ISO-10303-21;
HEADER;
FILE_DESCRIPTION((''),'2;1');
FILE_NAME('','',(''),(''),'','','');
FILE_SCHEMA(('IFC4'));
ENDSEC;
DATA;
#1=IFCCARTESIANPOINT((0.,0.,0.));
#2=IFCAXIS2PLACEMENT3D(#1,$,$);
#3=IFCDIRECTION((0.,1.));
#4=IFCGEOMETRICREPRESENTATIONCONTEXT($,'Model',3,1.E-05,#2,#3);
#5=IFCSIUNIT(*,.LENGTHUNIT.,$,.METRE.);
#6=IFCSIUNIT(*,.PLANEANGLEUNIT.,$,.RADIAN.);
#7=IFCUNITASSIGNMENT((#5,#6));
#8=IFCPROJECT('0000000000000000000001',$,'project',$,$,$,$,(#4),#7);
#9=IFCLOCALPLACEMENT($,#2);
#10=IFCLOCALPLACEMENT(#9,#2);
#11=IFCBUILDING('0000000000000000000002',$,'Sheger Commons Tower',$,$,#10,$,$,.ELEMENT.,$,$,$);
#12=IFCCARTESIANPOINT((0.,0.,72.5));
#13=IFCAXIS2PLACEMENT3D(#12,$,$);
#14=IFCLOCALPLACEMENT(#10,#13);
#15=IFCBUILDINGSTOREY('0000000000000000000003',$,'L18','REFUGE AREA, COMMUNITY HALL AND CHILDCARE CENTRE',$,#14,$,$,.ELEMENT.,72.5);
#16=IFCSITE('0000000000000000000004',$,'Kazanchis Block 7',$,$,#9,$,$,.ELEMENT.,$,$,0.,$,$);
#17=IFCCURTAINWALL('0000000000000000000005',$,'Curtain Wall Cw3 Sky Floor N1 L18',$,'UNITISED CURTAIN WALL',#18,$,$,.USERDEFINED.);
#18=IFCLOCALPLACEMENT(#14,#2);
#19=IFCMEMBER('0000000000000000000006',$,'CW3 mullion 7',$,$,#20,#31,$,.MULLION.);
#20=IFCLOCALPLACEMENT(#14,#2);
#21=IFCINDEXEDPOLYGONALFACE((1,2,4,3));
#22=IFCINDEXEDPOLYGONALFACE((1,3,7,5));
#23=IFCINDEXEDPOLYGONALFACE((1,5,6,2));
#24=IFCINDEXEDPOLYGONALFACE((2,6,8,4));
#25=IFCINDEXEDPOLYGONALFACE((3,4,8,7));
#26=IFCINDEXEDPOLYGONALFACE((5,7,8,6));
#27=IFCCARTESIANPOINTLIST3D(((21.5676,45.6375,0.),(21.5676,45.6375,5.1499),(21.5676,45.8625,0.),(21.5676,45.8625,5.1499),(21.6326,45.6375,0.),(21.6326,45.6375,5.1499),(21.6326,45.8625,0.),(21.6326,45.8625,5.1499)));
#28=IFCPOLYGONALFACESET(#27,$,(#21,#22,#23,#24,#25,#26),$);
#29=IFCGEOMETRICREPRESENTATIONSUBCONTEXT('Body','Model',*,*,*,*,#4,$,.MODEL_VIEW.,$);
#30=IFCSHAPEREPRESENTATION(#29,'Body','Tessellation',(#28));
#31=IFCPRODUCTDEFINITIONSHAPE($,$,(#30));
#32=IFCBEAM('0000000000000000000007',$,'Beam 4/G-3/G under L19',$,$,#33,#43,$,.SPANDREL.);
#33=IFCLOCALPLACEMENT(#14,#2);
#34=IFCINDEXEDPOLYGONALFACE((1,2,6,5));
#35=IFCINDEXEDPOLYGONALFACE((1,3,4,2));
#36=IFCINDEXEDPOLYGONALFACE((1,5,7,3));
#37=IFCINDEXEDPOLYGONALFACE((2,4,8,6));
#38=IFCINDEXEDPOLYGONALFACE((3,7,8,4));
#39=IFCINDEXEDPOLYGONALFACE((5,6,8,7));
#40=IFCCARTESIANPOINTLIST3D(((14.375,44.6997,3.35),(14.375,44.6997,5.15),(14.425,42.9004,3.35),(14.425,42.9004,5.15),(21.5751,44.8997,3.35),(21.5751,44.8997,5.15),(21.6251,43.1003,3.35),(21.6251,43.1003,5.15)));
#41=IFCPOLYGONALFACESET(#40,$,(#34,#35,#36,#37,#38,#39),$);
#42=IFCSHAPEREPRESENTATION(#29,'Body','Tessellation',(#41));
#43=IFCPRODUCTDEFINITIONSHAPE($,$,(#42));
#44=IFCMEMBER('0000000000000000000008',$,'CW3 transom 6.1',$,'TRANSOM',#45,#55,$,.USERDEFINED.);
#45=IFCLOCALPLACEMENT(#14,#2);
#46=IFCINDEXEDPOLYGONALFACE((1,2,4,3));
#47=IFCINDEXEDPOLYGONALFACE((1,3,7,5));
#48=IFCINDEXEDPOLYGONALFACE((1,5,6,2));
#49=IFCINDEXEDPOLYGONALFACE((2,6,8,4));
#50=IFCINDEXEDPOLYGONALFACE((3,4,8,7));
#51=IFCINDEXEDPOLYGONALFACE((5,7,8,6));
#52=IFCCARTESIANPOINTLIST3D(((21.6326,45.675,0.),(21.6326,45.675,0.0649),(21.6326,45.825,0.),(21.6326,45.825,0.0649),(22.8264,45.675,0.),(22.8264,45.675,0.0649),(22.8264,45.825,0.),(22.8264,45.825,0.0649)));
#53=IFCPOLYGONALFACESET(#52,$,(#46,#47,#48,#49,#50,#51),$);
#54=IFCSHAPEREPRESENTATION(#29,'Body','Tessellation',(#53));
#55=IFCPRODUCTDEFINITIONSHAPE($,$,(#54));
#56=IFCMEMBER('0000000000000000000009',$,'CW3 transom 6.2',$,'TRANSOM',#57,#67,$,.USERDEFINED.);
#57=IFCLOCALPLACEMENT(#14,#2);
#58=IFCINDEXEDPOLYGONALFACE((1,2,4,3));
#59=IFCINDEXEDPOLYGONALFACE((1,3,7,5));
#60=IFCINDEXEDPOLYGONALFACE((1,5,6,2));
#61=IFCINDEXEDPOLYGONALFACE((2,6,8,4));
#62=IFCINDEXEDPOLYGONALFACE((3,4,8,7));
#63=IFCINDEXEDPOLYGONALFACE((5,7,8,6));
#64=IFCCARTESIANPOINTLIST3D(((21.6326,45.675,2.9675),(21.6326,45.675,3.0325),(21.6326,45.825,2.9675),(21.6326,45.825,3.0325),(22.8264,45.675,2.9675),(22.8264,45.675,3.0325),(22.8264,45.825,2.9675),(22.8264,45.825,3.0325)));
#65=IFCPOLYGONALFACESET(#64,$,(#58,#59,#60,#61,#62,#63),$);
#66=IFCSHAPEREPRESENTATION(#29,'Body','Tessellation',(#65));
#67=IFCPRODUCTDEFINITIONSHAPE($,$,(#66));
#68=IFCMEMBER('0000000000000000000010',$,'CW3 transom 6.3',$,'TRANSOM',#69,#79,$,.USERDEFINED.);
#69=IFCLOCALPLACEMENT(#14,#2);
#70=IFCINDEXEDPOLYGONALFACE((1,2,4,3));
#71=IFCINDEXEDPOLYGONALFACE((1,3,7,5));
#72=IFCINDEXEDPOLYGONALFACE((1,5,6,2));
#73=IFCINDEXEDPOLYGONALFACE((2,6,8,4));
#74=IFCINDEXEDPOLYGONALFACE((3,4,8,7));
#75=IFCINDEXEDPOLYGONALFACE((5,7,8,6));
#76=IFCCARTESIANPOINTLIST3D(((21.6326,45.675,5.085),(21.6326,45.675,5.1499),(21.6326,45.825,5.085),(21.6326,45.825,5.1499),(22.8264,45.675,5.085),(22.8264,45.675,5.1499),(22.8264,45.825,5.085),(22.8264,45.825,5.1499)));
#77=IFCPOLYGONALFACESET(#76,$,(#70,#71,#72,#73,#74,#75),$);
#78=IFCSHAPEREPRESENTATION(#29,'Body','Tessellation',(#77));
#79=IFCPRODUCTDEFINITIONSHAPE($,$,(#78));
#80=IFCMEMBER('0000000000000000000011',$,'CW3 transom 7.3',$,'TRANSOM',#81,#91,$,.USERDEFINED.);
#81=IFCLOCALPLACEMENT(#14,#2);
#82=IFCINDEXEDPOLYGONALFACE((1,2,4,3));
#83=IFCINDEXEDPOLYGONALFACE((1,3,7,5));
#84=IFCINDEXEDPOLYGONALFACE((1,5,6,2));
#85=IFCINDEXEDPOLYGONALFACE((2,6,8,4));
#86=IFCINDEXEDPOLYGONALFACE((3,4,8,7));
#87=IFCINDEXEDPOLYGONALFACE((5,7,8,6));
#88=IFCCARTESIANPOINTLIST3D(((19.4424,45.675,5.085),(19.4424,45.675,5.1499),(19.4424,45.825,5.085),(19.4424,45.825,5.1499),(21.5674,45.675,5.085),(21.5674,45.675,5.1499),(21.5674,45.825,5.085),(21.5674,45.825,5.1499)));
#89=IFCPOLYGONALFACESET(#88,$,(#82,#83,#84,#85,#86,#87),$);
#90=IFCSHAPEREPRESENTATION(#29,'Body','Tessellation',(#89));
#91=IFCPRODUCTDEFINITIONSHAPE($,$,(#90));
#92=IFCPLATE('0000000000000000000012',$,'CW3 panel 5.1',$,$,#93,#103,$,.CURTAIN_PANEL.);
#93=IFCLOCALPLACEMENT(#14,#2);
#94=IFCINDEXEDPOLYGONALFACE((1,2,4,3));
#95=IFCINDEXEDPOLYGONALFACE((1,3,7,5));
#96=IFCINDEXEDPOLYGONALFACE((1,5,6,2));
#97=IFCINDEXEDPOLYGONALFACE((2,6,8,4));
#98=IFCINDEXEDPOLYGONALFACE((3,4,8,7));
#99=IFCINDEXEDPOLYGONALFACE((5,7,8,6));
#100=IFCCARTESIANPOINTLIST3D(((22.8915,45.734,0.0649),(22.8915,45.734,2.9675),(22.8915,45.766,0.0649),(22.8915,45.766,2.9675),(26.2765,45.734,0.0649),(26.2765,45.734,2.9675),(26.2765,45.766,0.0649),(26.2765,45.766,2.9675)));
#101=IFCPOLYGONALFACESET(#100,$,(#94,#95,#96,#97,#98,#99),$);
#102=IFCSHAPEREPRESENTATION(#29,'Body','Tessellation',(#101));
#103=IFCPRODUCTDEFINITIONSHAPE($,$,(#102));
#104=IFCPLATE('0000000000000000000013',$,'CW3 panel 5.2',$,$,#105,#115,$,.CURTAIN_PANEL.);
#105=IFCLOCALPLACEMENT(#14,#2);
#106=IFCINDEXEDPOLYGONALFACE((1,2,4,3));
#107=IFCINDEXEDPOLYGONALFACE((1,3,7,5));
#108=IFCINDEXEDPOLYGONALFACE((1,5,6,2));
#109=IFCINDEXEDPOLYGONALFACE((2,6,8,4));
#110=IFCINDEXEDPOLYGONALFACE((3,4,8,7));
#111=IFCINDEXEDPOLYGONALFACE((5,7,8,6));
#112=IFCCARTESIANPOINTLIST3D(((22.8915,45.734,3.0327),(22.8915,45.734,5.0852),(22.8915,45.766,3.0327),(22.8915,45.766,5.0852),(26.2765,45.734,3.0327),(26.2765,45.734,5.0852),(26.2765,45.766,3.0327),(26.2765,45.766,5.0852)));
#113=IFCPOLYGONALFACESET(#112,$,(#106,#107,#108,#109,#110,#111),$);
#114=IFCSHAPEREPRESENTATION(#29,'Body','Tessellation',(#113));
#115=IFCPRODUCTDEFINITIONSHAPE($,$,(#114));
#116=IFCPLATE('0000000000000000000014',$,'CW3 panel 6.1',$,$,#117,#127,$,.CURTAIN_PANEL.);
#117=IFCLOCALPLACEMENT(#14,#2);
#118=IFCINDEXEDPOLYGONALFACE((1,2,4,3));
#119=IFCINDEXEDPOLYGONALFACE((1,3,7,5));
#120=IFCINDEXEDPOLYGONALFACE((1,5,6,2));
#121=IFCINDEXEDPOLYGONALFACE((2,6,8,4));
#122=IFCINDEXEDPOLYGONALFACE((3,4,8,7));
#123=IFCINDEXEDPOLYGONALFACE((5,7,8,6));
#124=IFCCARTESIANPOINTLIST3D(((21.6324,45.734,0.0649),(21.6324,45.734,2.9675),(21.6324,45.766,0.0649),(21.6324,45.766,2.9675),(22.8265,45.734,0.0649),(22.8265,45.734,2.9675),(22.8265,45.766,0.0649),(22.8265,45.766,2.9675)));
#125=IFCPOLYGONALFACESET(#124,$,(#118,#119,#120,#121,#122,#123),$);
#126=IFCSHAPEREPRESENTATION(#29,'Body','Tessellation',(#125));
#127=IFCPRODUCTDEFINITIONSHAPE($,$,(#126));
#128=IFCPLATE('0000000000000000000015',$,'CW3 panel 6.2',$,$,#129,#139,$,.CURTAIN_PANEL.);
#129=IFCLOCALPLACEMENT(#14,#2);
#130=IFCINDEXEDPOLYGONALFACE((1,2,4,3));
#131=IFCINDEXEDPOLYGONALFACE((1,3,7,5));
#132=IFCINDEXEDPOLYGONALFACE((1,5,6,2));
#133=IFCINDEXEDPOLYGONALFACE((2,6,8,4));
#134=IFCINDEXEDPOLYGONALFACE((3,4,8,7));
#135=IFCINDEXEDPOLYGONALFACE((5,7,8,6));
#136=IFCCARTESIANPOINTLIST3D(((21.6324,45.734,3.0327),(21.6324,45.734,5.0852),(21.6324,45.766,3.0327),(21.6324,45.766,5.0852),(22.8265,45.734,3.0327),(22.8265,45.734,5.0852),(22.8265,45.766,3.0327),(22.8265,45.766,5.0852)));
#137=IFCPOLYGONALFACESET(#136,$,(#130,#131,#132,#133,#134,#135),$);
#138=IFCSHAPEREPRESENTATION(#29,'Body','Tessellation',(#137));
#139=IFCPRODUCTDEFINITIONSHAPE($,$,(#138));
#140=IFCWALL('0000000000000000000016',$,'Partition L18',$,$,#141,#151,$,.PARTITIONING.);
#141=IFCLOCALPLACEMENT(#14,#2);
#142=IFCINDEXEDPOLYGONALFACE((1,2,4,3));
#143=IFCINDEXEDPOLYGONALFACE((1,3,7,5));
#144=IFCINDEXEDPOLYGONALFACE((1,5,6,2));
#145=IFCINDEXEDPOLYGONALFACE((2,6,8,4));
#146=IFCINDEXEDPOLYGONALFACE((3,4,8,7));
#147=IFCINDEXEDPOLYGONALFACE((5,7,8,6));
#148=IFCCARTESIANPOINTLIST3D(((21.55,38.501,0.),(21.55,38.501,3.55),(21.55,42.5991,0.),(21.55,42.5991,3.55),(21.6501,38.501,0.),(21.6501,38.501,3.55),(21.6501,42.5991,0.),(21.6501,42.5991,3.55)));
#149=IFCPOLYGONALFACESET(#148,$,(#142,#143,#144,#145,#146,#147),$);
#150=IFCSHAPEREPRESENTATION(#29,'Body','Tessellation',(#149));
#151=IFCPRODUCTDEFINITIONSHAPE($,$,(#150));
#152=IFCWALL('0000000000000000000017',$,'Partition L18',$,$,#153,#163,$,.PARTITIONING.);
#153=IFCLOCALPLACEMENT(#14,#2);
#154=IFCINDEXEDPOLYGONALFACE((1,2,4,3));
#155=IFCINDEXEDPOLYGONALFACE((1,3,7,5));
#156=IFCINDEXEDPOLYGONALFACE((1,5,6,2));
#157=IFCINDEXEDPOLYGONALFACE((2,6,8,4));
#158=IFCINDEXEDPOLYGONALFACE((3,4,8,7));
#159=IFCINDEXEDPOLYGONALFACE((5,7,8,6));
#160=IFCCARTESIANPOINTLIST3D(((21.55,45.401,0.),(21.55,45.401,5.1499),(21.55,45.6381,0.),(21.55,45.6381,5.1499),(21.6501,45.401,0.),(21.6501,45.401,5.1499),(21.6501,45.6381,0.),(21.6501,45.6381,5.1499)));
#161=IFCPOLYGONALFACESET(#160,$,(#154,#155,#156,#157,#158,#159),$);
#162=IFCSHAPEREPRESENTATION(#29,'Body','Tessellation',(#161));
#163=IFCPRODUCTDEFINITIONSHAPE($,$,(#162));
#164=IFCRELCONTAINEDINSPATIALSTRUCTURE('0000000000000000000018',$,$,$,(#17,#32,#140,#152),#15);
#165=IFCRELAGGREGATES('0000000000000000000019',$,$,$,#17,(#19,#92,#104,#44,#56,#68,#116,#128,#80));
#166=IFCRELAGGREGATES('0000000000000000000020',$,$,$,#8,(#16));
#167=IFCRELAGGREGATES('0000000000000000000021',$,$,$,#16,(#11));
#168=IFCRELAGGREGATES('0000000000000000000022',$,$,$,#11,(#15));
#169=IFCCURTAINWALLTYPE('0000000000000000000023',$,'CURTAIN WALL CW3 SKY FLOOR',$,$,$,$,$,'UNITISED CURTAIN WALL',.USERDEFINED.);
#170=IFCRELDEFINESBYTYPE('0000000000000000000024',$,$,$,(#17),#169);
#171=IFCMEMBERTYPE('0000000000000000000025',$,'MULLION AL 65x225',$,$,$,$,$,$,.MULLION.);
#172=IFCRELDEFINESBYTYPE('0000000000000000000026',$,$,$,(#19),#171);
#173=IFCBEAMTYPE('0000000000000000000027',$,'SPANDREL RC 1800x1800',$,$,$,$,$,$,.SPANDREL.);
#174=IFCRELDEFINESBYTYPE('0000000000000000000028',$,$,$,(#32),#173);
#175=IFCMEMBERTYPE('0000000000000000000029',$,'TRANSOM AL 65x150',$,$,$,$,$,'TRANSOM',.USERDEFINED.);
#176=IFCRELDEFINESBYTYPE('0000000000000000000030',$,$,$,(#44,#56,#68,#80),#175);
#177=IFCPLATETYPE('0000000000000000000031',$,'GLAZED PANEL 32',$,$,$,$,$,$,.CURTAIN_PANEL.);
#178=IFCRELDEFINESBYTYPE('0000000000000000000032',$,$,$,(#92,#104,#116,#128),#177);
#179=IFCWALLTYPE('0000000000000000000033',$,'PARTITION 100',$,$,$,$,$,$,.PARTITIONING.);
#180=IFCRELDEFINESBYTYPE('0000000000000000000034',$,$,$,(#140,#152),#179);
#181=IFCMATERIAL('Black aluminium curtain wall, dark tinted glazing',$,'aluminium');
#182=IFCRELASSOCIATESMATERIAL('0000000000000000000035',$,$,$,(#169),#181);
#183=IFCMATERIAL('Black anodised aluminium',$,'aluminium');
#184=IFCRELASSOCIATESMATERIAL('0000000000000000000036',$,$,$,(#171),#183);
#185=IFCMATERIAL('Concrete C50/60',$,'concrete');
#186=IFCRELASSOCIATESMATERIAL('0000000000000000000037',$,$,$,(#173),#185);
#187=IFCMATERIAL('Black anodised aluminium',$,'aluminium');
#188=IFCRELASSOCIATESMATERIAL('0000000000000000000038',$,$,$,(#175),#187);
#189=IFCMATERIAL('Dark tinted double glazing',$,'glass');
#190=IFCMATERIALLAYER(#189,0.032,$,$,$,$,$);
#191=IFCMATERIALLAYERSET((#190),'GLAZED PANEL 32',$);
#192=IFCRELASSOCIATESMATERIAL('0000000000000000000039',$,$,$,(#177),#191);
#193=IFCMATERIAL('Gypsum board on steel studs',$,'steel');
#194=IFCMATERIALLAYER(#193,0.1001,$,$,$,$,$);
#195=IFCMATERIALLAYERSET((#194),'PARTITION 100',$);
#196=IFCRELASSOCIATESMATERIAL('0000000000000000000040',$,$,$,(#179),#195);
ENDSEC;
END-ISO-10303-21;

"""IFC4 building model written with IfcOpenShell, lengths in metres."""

from ifc_helpers import new_model, si_unit, direction, frame, frame_2d, origin, origin_2d, place, context, subcontext, project, spatial, rectangle, extrude, material, layer, layer_set, material_profile, profile_set, type_object, element, aggregate, save


model = new_model("IFC4")

# Units and contexts
model_context = context("Model", 3, precision=1e-05, world=origin(), true_north=direction((0.0, 1.0)))
body_context = subcontext(model_context, "Body", "Model", "MODEL_VIEW")
ifc_project = project(units=[si_unit("LENGTHUNIT", "METRE"), si_unit("PLANEANGLEUNIT", "RADIAN")], contexts=[model_context])

# Site, building, storey
site_placement = place(None, origin())
site = spatial("IfcSite", under=ifc_project, at=site_placement, Name="Kazanchis Block 7", CompositionType="ELEMENT", RefElevation=0.0)
building_placement = place(site_placement, origin())
building = spatial("IfcBuilding", under=site, at=building_placement, Name="Sheger Commons Tower", CompositionType="ELEMENT")
storey_placement = place(building_placement, frame((0.0, 0.0, 72.5)))
storey = spatial("IfcBuildingStorey", under=building, at=storey_placement, Name="L18", Description="REFUGE AREA, COMMUNITY HALL AND CHILDCARE CENTRE", CompositionType="ELEMENT", Elevation=72.5)

# Curtain wall, member
ifc_material_1 = material(Name="Black aluminium curtain wall, dark tinted glazing", Category="aluminium")
curtain_wall_type = type_object("IfcCurtainWallType", Name="CURTAIN WALL CW3 SKY FLOOR", ElementType="UNITISED CURTAIN WALL", PredefinedType="USERDEFINED", material=ifc_material_1)
curtain_wall_placement = place(storey_placement, origin())
curtain_wall = element("IfcCurtainWall", 1, at=curtain_wall_placement, inside=storey, type_object=curtain_wall_type, Name="Curtain Wall Cw3 Sky Floor N1 L18", ObjectType="UNITISED CURTAIN WALL", PredefinedType="USERDEFINED")
ifc_material_2 = material(Name="Black anodised aluminium", Category="aluminium")
ifc_material_profile_1 = material_profile(ifc_material_2, rectangle(XDim=0.2251, YDim=0.0649, at=origin_2d()), Name="AL 65x225")
ifc_profile_set_1 = profile_set([ifc_material_profile_1], Name="Black anodised aluminium")
member_type_1 = type_object("IfcMemberType", Name="MULLION AL 65x225", PredefinedType="MULLION", material=ifc_profile_set_1)
member_1_placement = place(storey_placement, frame((21.6001, 45.75, 0.0), z_axis=(0.0, 0.0, 1.0), x_axis=(0.0, -1.0, 0.0)))
member_1 = element("IfcMember", 2, at=member_1_placement, type_object=member_type_1, Name="CW3 mullion 7", PredefinedType="MULLION", context=body_context, shape_type="SweptSolid", body=[
    extrude(rectangle(XDim=0.2251, YDim=0.0649, at=origin_2d()), origin(), (0.0, 0.0, 1.0), 5.1499),
])

# Beam
ifc_material_3 = material(Name="Concrete C50/60", Category="concrete")
ifc_material_profile_2 = material_profile(ifc_material_3, rectangle(XDim=1.8, YDim=1.8, at=origin_2d()), Name="RC 1800x1800")
ifc_profile_set_2 = profile_set([ifc_material_profile_2], Name="Concrete C50/60")
beam_type_1 = type_object("IfcBeamType", Name="SPANDREL RC 1800x1800", PredefinedType="SPANDREL", material=ifc_profile_set_2)
beam_1_placement = place(storey_placement, frame((21.6001, 44.0, 4.25), z_axis=(-0.999615, -0.02776, 0.0), x_axis=(0.02776, -0.999615, 0.0)))
element("IfcBeam", 3, at=beam_1_placement, inside=storey, type_object=beam_type_1, Name="Beam 4/G-3/G under L19", PredefinedType="SPANDREL", context=body_context, shape_type="SweptSolid", body=[
    extrude(rectangle(XDim=1.8, YDim=1.8, at=origin_2d()), origin(), (0.0, 0.0, 1.0), 7.2029),
])

# Members
ifc_material_4 = material(Name="Black anodised aluminium", Category="aluminium")
ifc_material_profile_3 = material_profile(ifc_material_4, rectangle(XDim=0.1499, YDim=0.0649, at=origin_2d()), Name="AL 65x150")
ifc_profile_set_3 = profile_set([ifc_material_profile_3], Name="Black anodised aluminium")
member_type_2 = type_object("IfcMemberType", Name="TRANSOM AL 65x150", ElementType="TRANSOM", PredefinedType="USERDEFINED", material=ifc_profile_set_3)
member_2_placement = place(storey_placement, frame((22.8264, 45.75, 0.0325), z_axis=(-1.0, 0.0, 0.0), x_axis=(0.0, -1.0, 0.0)))
member_2 = element("IfcMember", 4, at=member_2_placement, type_object=member_type_2, Name="CW3 transom 6.1", ObjectType="TRANSOM", PredefinedType="USERDEFINED", context=body_context, shape_type="SweptSolid", body=[
    extrude(rectangle(XDim=0.1499, YDim=0.0649, at=origin_2d()), origin(), (0.0, 0.0, 1.0), 1.1938),
])
member_3_placement = place(storey_placement, frame((22.8264, 45.75, 3.0), z_axis=(-1.0, 0.0, 0.0), x_axis=(0.0, -1.0, 0.0)))
member_3 = element("IfcMember", 5, at=member_3_placement, type_object=member_type_2, Name="CW3 transom 6.2", ObjectType="TRANSOM", PredefinedType="USERDEFINED", context=body_context, shape_type="SweptSolid", body=[
    extrude(rectangle(XDim=0.1499, YDim=0.0649, at=origin_2d()), origin(), (0.0, 0.0, 1.0), 1.1938),
])
member_4_placement = place(storey_placement, frame((22.8264, 45.75, 5.1174), z_axis=(-1.0, 0.0, 0.0), x_axis=(0.0, -1.0, 0.0)))
member_4 = element("IfcMember", 6, at=member_4_placement, type_object=member_type_2, Name="CW3 transom 6.3", ObjectType="TRANSOM", PredefinedType="USERDEFINED", context=body_context, shape_type="SweptSolid", body=[
    extrude(rectangle(XDim=0.1499, YDim=0.0649, at=origin_2d()), origin(), (0.0, 0.0, 1.0), 1.1938),
])
member_5_placement = place(storey_placement, frame((21.5674, 45.75, 5.1174), z_axis=(-1.0, 0.0, 0.0), x_axis=(0.0, -1.0, 0.0)))
member_5 = element("IfcMember", 7, at=member_5_placement, type_object=member_type_2, Name="CW3 transom 7.3", ObjectType="TRANSOM", PredefinedType="USERDEFINED", context=body_context, shape_type="SweptSolid", body=[
    extrude(rectangle(XDim=0.1499, YDim=0.0649, at=origin_2d()), origin(), (0.0, 0.0, 1.0), 2.125),
])

# Plates
ifc_material_5 = material(Name="Dark tinted double glazing", Category="glass")
ifc_layer_1 = layer(ifc_material_5, 0.032)
ifc_layer_set_1 = layer_set([ifc_layer_1], Name="GLAZED PANEL 32")
plate_type = type_object("IfcPlateType", Name="GLAZED PANEL 32", PredefinedType="CURTAIN_PANEL", material=ifc_layer_set_1)
plate_1_placement = place(storey_placement, frame((24.584, 45.75, 0.0649), z_axis=(0.0, 0.0, 1.0), x_axis=(-1.0, 0.0, 0.0)))
plate_1 = element("IfcPlate", 8, at=plate_1_placement, type_object=plate_type, Name="CW3 panel 5.1", PredefinedType="CURTAIN_PANEL", context=body_context, shape_type="SweptSolid", body=[
    extrude(rectangle(XDim=3.385, YDim=0.032, at=origin_2d()), origin(), (0.0, 0.0, 1.0), 2.9026),
])
plate_2_placement = place(storey_placement, frame((24.584, 45.75, 3.0327), z_axis=(0.0, 0.0, 1.0), x_axis=(-1.0, 0.0, 0.0)))
plate_2 = element("IfcPlate", 9, at=plate_2_placement, type_object=plate_type, Name="CW3 panel 5.2", PredefinedType="CURTAIN_PANEL", context=body_context, shape_type="SweptSolid", body=[
    extrude(rectangle(XDim=3.385, YDim=0.032, at=origin_2d()), origin(), (0.0, 0.0, 1.0), 2.0525),
])
plate_3_placement = place(storey_placement, frame((22.2295, 45.75, 0.0649), z_axis=(0.0, 0.0, 1.0), x_axis=(-1.0, 0.0, 0.0)))
plate_3 = element("IfcPlate", 10, at=plate_3_placement, type_object=plate_type, Name="CW3 panel 6.1", PredefinedType="CURTAIN_PANEL", context=body_context, shape_type="SweptSolid", body=[
    extrude(rectangle(XDim=1.1941, YDim=0.032, at=origin_2d()), origin(), (0.0, 0.0, 1.0), 2.9026),
])
plate_4_placement = place(storey_placement, frame((22.2295, 45.75, 3.0327), z_axis=(0.0, 0.0, 1.0), x_axis=(-1.0, 0.0, 0.0)))
plate_4 = element("IfcPlate", 11, at=plate_4_placement, type_object=plate_type, Name="CW3 panel 6.2", PredefinedType="CURTAIN_PANEL", context=body_context, shape_type="SweptSolid", body=[
    extrude(rectangle(XDim=1.1941, YDim=0.032, at=origin_2d()), origin(), (0.0, 0.0, 1.0), 2.0525),
])
aggregate(curtain_wall, [member_1, plate_1, plate_2, member_2, member_3, member_4, plate_3, plate_4, member_5])

# Walls
ifc_material_6 = material(Name="Gypsum board on steel studs", Category="steel")
ifc_layer_2 = layer(ifc_material_6, 0.1001)
ifc_layer_set_2 = layer_set([ifc_layer_2], Name="PARTITION 100")
wall_type = type_object("IfcWallType", Name="PARTITION 100", PredefinedType="PARTITIONING", material=ifc_layer_set_2)
wall_1_placement = place(storey_placement, frame((21.6001, 38.501, 0.0), z_axis=(0.0, 0.0, 1.0), x_axis=(0.0, 1.0, 0.0)))
element("IfcWall", 12, at=wall_1_placement, inside=storey, type_object=wall_type, Name="Partition L18", PredefinedType="PARTITIONING", context=body_context, shape_type="SweptSolid", body=[
    extrude(rectangle(XDim=4.0981, YDim=0.1001, at=frame_2d((2.0491, 0.0))), origin(), (0.0, 0.0, 1.0), 3.55),
])
wall_2_placement = place(storey_placement, frame((21.6001, 45.4009, 0.0), z_axis=(0.0, 0.0, 1.0), x_axis=(0.0, 1.0, 0.0)))
element("IfcWall", 13, at=wall_2_placement, inside=storey, type_object=wall_type, Name="Partition L18", PredefinedType="PARTITIONING", context=body_context, shape_type="SweptSolid", body=[
    extrude(rectangle(XDim=0.2371, YDim=0.1001, at=frame_2d((0.1187, 0.0))), origin(), (0.0, 0.0, 1.0), 5.1499),
])

save(model, "model.ifc")
